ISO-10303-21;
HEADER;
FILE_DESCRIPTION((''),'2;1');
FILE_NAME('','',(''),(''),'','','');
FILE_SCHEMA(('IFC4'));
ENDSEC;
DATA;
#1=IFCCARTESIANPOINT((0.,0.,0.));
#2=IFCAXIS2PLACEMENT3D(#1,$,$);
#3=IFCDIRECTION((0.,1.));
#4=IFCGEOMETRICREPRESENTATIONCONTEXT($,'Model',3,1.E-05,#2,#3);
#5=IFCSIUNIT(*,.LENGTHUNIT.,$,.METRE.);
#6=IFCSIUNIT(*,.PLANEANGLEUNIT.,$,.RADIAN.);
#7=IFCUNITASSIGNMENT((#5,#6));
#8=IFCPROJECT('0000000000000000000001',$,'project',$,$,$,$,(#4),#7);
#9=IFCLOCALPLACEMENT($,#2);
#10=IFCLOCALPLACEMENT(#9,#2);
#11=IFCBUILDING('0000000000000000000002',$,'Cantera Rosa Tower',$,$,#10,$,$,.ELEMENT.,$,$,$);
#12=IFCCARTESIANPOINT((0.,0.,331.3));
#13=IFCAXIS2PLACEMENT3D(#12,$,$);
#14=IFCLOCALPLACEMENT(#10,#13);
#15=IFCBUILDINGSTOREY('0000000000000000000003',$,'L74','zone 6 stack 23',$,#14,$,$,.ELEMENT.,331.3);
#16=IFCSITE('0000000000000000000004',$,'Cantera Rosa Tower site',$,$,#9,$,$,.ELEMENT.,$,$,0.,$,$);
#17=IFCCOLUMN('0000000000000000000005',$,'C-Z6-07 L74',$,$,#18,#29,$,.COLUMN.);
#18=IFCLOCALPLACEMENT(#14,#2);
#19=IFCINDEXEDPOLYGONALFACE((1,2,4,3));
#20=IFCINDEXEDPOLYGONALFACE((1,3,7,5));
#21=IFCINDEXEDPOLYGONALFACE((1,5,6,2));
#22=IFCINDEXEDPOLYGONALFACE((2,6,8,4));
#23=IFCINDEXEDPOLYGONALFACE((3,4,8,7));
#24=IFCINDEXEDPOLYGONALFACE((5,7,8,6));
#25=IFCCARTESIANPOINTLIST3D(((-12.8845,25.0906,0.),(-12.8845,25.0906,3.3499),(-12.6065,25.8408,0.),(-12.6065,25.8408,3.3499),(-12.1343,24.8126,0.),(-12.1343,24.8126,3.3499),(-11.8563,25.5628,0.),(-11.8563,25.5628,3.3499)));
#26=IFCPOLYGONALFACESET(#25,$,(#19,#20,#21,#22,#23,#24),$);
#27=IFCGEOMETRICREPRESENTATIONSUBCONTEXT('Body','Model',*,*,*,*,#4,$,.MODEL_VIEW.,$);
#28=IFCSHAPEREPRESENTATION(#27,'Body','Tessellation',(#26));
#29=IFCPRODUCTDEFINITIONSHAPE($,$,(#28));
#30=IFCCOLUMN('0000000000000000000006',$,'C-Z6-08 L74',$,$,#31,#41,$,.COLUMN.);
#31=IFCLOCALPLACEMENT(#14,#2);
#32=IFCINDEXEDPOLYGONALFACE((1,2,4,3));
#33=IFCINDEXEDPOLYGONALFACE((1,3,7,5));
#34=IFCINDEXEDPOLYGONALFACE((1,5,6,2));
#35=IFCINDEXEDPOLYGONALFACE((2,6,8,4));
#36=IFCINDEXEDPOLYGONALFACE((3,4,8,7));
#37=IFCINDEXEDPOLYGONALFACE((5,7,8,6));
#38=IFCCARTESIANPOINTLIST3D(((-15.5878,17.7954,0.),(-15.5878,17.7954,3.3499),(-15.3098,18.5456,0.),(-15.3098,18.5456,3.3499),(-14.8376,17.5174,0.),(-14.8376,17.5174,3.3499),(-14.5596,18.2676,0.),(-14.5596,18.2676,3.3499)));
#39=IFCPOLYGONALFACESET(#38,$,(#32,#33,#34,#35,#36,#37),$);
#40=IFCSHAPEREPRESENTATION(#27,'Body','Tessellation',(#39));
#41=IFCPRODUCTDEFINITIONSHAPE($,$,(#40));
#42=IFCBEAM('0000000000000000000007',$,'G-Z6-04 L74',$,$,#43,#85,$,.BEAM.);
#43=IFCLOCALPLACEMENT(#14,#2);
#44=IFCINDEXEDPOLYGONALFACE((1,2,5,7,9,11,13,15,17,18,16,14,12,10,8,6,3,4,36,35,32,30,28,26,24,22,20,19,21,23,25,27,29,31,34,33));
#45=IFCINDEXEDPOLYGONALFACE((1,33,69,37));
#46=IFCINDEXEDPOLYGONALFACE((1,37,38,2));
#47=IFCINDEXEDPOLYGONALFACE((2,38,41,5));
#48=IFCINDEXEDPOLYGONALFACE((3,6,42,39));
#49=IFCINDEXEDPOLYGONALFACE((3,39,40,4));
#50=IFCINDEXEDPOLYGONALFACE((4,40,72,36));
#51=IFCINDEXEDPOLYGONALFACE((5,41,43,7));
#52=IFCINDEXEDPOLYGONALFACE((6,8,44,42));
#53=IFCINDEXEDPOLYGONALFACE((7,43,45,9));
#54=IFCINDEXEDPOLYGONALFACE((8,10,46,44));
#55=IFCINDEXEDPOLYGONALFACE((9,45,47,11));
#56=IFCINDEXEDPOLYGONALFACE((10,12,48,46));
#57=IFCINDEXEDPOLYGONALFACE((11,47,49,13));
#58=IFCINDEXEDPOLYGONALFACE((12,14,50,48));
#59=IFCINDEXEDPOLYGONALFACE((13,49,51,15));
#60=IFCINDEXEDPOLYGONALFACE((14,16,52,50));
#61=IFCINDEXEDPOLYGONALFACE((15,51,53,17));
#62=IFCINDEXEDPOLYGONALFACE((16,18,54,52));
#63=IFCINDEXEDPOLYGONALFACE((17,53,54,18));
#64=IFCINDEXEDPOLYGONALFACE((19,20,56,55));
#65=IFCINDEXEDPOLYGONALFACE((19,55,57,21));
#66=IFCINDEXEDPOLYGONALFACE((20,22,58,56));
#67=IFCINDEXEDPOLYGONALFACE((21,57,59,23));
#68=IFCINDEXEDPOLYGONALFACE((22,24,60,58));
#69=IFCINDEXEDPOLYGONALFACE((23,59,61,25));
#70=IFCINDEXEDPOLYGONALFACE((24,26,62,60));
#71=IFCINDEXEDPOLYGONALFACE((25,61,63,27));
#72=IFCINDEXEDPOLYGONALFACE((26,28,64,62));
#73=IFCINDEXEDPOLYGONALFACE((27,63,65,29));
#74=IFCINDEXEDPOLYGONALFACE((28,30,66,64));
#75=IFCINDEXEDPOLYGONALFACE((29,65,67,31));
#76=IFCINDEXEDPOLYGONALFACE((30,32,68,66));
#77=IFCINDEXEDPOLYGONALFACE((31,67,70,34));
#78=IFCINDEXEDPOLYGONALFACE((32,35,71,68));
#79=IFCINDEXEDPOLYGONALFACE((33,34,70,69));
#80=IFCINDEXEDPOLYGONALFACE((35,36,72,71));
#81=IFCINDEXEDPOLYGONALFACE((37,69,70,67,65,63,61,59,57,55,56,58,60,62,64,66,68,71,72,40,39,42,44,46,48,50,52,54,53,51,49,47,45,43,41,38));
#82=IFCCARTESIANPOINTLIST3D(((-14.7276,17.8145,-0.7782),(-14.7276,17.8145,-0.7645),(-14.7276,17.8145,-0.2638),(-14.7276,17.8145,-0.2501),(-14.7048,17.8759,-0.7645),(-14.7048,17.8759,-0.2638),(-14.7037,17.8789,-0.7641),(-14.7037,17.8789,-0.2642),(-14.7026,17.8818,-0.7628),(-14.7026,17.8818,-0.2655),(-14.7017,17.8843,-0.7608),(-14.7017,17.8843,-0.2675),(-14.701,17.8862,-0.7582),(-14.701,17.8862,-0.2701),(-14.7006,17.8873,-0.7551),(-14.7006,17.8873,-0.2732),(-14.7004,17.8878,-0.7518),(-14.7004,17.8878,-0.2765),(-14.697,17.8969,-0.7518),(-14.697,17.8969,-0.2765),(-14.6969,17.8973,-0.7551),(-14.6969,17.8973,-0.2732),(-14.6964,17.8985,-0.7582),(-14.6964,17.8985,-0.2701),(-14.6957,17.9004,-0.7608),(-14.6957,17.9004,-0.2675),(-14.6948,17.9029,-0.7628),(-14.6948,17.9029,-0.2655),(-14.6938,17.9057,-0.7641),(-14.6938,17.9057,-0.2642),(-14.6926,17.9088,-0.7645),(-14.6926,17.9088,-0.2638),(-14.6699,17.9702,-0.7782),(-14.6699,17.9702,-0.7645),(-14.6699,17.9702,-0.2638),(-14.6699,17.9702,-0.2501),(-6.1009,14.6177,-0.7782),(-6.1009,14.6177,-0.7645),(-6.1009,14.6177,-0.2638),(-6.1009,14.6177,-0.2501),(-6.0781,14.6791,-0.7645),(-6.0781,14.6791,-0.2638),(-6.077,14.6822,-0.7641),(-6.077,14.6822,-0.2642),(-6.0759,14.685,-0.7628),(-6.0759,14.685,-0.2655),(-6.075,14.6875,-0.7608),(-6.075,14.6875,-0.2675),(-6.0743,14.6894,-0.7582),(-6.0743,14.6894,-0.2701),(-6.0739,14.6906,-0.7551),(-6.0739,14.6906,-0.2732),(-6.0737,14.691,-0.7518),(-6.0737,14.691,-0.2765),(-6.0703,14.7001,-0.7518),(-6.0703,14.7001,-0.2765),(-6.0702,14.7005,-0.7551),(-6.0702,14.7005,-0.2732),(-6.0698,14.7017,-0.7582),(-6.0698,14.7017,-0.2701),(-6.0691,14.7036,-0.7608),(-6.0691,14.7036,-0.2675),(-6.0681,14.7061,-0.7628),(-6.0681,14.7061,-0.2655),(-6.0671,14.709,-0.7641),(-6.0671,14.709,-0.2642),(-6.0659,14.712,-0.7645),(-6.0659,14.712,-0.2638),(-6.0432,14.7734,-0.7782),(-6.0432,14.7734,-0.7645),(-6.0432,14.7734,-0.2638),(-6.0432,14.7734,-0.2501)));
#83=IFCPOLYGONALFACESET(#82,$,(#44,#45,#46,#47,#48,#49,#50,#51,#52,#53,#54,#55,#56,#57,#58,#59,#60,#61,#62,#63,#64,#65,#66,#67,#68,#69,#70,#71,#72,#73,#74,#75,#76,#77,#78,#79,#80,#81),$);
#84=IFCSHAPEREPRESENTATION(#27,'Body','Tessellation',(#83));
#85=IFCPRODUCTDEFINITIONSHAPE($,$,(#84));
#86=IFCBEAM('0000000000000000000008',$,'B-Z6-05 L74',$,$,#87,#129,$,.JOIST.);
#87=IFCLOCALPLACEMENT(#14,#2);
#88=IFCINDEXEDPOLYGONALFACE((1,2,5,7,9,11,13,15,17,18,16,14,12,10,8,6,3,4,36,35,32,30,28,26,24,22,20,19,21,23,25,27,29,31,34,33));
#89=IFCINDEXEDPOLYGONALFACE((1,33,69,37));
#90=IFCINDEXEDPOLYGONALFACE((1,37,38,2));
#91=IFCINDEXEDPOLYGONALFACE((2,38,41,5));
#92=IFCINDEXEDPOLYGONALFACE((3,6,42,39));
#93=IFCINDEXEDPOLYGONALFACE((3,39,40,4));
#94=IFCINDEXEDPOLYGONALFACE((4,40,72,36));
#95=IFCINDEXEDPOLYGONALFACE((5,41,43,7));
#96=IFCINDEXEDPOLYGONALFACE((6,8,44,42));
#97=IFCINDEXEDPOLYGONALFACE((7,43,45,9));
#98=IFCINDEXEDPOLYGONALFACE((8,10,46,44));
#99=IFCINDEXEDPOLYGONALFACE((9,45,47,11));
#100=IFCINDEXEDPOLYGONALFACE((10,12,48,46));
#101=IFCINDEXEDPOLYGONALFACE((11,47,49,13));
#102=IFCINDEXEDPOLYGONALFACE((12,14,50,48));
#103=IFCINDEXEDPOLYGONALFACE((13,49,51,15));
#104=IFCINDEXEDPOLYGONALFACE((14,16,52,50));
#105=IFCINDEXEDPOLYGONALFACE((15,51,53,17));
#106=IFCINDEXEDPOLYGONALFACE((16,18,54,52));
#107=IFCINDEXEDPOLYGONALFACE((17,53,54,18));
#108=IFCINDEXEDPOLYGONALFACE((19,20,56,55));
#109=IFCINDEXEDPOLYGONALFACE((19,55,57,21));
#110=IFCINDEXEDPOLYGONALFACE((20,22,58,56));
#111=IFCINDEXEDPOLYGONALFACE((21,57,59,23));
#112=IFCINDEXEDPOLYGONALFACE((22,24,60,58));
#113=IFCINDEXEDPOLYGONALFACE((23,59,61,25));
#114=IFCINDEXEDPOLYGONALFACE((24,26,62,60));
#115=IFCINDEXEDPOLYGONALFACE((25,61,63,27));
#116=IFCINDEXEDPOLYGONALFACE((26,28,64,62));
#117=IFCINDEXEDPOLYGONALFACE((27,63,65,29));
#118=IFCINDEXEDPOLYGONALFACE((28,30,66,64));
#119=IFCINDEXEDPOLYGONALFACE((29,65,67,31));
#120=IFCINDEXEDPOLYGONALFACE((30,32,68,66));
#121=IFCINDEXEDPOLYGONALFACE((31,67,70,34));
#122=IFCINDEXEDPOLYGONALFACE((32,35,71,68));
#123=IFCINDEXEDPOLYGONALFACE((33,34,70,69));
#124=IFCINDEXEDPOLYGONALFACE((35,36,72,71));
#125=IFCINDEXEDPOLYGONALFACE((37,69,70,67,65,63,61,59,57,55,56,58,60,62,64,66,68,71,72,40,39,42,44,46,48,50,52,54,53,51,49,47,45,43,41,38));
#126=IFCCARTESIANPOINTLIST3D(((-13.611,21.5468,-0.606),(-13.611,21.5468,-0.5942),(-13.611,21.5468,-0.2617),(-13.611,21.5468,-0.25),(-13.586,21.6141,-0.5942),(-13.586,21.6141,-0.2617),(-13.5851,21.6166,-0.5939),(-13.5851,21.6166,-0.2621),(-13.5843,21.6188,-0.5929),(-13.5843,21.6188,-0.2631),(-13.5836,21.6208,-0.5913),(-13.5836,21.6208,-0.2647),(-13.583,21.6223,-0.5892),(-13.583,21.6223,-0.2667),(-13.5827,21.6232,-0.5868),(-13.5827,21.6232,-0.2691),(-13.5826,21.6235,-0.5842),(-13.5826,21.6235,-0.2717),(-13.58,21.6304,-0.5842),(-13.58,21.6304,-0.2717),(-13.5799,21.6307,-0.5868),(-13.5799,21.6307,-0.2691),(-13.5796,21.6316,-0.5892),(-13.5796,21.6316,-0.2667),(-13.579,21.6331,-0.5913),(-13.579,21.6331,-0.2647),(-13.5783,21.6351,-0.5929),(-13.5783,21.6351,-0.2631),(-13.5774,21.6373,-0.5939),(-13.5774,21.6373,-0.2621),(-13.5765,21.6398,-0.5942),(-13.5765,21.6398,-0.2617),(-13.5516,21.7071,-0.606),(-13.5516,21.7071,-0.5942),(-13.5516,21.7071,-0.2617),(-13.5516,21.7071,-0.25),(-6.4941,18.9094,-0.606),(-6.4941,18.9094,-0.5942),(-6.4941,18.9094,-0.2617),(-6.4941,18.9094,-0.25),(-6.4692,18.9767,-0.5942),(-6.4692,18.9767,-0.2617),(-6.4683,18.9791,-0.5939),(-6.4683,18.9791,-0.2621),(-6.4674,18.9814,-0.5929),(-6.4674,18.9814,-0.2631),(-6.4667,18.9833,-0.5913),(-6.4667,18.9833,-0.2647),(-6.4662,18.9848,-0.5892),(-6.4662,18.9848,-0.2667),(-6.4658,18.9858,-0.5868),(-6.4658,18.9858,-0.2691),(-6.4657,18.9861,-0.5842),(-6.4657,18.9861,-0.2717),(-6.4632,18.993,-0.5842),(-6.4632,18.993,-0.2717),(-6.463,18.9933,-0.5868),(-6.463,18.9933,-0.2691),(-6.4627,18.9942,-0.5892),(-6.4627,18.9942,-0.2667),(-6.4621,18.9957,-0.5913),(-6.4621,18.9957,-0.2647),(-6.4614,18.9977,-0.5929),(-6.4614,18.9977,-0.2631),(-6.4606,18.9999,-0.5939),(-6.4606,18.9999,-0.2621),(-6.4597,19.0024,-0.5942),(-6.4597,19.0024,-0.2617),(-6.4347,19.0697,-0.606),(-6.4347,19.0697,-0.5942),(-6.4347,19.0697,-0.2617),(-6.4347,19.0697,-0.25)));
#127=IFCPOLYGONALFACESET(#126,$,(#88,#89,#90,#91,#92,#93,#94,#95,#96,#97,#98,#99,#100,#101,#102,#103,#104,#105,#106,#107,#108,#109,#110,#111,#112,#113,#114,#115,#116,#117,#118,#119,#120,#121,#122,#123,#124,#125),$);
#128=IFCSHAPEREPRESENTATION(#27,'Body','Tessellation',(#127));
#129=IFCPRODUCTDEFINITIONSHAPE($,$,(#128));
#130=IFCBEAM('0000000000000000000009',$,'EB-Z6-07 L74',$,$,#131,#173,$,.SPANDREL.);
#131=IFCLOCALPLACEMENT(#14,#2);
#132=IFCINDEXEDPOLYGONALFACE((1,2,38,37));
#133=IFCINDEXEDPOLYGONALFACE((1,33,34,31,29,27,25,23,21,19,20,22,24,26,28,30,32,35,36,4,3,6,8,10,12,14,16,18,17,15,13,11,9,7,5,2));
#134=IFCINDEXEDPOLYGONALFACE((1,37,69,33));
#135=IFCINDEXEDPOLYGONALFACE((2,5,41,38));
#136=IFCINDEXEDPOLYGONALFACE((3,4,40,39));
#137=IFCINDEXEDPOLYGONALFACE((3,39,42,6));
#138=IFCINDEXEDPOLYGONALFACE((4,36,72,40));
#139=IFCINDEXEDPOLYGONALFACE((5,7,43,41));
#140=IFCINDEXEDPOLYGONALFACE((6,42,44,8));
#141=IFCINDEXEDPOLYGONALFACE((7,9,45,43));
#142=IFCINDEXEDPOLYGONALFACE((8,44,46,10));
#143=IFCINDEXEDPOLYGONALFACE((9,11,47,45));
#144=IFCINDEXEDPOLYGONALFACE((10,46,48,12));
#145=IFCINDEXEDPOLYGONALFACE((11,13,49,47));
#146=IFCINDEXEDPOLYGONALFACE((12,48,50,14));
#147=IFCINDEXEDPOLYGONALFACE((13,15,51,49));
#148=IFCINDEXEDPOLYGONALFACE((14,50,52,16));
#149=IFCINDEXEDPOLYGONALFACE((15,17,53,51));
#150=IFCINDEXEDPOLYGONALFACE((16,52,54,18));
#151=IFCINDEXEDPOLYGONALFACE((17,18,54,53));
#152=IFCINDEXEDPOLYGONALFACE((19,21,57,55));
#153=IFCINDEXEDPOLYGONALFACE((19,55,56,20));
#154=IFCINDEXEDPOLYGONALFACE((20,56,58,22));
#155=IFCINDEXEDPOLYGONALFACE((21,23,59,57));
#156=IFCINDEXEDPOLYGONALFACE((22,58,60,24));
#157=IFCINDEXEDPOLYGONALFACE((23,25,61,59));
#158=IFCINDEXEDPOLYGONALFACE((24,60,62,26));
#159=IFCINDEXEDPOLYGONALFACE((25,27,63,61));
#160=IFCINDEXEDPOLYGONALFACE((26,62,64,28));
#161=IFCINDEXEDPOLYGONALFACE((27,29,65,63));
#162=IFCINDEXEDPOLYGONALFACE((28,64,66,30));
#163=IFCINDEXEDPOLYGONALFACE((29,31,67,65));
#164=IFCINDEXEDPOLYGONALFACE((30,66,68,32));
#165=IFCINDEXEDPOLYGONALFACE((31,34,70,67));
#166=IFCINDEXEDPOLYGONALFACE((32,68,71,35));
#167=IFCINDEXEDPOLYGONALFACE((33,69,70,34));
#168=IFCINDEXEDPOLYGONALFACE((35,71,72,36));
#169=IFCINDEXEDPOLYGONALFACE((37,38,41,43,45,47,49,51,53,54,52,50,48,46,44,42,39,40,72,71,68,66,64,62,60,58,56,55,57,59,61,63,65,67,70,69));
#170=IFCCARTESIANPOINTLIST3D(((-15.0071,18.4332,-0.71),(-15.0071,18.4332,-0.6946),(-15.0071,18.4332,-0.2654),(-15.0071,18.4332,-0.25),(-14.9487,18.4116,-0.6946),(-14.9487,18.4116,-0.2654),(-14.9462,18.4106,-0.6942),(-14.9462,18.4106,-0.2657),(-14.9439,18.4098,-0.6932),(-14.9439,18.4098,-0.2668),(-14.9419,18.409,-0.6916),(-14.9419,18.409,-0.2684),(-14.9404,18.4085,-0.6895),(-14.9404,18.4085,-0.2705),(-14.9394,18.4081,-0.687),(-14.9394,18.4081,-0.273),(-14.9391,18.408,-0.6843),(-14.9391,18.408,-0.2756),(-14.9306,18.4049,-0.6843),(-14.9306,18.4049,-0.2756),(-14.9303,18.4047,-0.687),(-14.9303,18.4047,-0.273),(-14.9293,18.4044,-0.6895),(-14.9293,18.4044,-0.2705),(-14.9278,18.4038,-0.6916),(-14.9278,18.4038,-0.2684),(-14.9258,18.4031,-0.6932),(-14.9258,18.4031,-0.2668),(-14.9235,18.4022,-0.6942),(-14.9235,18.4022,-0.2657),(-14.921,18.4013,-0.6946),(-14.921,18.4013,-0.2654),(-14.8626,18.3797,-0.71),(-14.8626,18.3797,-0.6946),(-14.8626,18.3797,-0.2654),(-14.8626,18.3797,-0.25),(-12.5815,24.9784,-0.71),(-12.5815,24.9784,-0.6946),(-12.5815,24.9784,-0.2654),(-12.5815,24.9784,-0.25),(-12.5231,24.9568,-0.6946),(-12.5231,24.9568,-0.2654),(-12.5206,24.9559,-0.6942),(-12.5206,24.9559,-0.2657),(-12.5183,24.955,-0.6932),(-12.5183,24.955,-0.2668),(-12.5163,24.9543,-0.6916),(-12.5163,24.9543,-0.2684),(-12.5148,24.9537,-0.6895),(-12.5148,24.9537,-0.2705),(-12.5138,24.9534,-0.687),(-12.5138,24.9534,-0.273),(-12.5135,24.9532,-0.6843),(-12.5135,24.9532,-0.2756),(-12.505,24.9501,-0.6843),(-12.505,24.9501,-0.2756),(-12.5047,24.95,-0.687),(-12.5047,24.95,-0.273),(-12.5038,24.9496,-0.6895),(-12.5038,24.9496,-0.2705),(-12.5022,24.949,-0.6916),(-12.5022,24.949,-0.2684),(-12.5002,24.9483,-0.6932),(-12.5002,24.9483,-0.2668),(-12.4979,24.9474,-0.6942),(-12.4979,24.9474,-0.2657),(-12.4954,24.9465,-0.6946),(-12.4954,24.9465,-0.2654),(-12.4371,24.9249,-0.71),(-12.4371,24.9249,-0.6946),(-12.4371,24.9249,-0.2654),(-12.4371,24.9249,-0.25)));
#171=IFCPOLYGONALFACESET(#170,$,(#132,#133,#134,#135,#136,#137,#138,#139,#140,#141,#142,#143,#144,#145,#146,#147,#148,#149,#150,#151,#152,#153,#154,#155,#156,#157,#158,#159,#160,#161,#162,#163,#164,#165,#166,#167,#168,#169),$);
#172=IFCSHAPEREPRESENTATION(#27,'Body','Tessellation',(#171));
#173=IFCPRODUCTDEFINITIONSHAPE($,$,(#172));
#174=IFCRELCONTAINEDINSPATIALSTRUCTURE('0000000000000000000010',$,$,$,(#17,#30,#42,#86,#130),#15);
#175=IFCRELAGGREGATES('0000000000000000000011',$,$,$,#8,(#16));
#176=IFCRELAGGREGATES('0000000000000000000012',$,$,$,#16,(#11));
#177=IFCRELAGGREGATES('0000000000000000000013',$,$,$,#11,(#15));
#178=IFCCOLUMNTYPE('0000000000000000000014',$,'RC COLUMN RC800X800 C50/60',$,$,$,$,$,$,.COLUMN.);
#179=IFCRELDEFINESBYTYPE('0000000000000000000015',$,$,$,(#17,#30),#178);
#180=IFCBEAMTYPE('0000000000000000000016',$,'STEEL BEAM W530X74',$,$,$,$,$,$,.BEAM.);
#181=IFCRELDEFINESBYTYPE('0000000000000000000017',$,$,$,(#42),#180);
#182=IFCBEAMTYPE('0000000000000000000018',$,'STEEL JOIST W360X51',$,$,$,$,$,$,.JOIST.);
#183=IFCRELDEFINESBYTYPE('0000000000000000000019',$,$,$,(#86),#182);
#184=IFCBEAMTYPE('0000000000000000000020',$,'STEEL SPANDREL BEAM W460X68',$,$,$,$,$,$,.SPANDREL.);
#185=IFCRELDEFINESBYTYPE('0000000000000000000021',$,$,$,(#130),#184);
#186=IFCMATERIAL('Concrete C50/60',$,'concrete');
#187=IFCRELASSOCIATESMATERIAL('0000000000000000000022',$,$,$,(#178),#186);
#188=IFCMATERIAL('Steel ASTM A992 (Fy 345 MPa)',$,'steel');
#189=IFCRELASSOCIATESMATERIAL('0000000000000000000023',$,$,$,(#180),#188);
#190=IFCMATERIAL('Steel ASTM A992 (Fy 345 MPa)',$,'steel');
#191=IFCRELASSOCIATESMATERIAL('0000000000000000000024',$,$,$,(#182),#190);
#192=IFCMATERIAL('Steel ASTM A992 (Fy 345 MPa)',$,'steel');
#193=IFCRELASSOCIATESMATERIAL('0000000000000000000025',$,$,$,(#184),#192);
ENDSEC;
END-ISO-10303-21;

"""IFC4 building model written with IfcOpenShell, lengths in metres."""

from ifc_helpers import new_model, si_unit, direction, frame, origin, origin_2d, place, context, subcontext, project, spatial, rectangle, i_section, extrude, material, material_profile, profile_set, type_object, element, save


model = new_model("IFC4")

# Units and contexts
model_context = context("Model", 3, precision=1e-05, world=origin(), true_north=direction((0.0, 1.0)))
body_context = subcontext(model_context, "Body", "Model", "MODEL_VIEW")
ifc_project = project(units=[si_unit("LENGTHUNIT", "METRE"), si_unit("PLANEANGLEUNIT", "RADIAN")], contexts=[model_context])

# Site, building, storey
site_placement = place(None, origin())
site = spatial("IfcSite", under=ifc_project, at=site_placement, Name="Cantera Rosa Tower site", CompositionType="ELEMENT", RefElevation=0.0)
building_placement = place(site_placement, origin())
building = spatial("IfcBuilding", under=site, at=building_placement, Name="Cantera Rosa Tower", CompositionType="ELEMENT")
storey_placement = place(building_placement, frame((0.0, 0.0, 331.3)))
storey = spatial("IfcBuildingStorey", under=building, at=storey_placement, Name="L74", Description="zone 6 stack 23", CompositionType="ELEMENT", Elevation=331.3)

# Columns
ifc_material_1 = material(Name="Concrete C50/60", Category="concrete")
ifc_material_profile_1 = material_profile(ifc_material_1, rectangle(XDim=0.8, YDim=0.8, at=origin_2d()), Name="RC COLUMN RC800X800 C50/60")
ifc_profile_set_1 = profile_set([ifc_material_profile_1], Name="Concrete C50/60")
column_type = type_object("IfcColumnType", Name="RC COLUMN RC800X800 C50/60", PredefinedType="COLUMN", material=ifc_profile_set_1)
for number, where, z_axis, x_axis, name in (
    (1, (-12.3704, 25.3267, 0.0), (0.0, 0.0, 1.0), (0.347481, 0.937687, 0.0), "C-Z6-07 L74"),
    (2, (-15.0737, 18.0315, 0.0), (0.0, 0.0, 1.0), (0.347481, 0.937687, 0.0), "C-Z6-08 L74"),
):
    element("IfcColumn", number, at=place(storey_placement, frame(where, z_axis=z_axis, x_axis=x_axis)), inside=storey, type_object=column_type, Name=name, PredefinedType="COLUMN", context=body_context, shape_type="SweptSolid", body=[
        extrude(rectangle(XDim=0.8, YDim=0.8, at=origin_2d()), origin(), (0.0, 0.0, 1.0), 3.3499),
    ])

# Beams
ifc_material_2 = material(Name="Steel ASTM A992 (Fy 345 MPa)", Category="steel")
ifc_material_profile_2 = material_profile(ifc_material_2, i_section(OverallWidth=0.166, OverallDepth=0.5281, WebThickness=0.0098, FlangeThickness=0.0137, FilletRadius=0.0127, at=origin_2d()), Name="W530X74")
ifc_profile_set_2 = profile_set([ifc_material_profile_2], Name="Steel ASTM A992 (Fy 345 MPa)")
beam_type_1 = type_object("IfcBeamType", Name="STEEL BEAM W530X74", PredefinedType="BEAM", material=ifc_profile_set_2)
beam_1_placement = place(storey_placement, frame((-14.6987, 17.8923, -0.5142), z_axis=(0.937689, -0.347477, 0.0), x_axis=(0.347477, 0.937689, 0.0)))
element("IfcBeam", 3, at=beam_1_placement, inside=storey, type_object=beam_type_1, Name="G-Z6-04 L74", PredefinedType="BEAM", context=body_context, shape_type="SweptSolid", body=[
    extrude(i_section(OverallWidth=0.166, OverallDepth=0.5281, WebThickness=0.0098, FlangeThickness=0.0137, FilletRadius=0.0127, at=origin_2d()), origin(), (0.0, 0.0, 1.0), 9.2),
])
ifc_material_3 = material(Name="Steel ASTM A992 (Fy 345 MPa)", Category="steel")
ifc_material_profile_3 = material_profile(ifc_material_3, i_section(OverallWidth=0.1709, OverallDepth=0.356, WebThickness=0.0073, FlangeThickness=0.0117, FilletRadius=0.01, at=origin_2d()), Name="W360X51")
ifc_profile_set_3 = profile_set([ifc_material_profile_3], Name="Steel ASTM A992 (Fy 345 MPa)")
beam_type_2 = type_object("IfcBeamType", Name="STEEL JOIST W360X51", PredefinedType="JOIST", material=ifc_profile_set_3)
beam_2_placement = place(storey_placement, frame((-13.5813, 21.627, -0.428), z_axis=(0.937682, -0.347493, 0.0), x_axis=(0.347493, 0.937682, 0.0)))
element("IfcBeam", 4, at=beam_2_placement, inside=storey, type_object=beam_type_2, Name="B-Z6-05 L74", PredefinedType="JOIST", context=body_context, shape_type="SweptSolid", body=[
    extrude(i_section(OverallWidth=0.1709, OverallDepth=0.356, WebThickness=0.0073, FlangeThickness=0.0117, FilletRadius=0.01, at=origin_2d()), origin(), (0.0, 0.0, 1.0), 7.5898),
])
ifc_material_4 = material(Name="Steel ASTM A992 (Fy 345 MPa)", Category="steel")
ifc_material_profile_4 = material_profile(ifc_material_4, i_section(OverallWidth=0.1541, OverallDepth=0.46, WebThickness=0.009, FlangeThickness=0.0154, FilletRadius=0.0103, at=origin_2d()), Name="W460X68")
ifc_profile_set_4 = profile_set([ifc_material_profile_4], Name="Steel ASTM A992 (Fy 345 MPa)")
beam_type_3 = type_object("IfcBeamType", Name="STEEL SPANDREL BEAM W460X68", PredefinedType="SPANDREL", material=ifc_profile_set_4)
beam_3_placement = place(storey_placement, frame((-12.5093, 24.9517, -0.48), z_axis=(-0.347491, -0.937683, 0.0), x_axis=(0.937683, -0.347491, 0.0)))
element("IfcBeam", 5, at=beam_3_placement, inside=storey, type_object=beam_type_3, Name="EB-Z6-07 L74", PredefinedType="SPANDREL", context=body_context, shape_type="SweptSolid", body=[
    extrude(i_section(OverallWidth=0.1541, OverallDepth=0.46, WebThickness=0.009, FlangeThickness=0.0154, FilletRadius=0.0103, at=origin_2d()), origin(), (0.0, 0.0, 1.0), 6.9802),
])

save(model, "model.ifc")
